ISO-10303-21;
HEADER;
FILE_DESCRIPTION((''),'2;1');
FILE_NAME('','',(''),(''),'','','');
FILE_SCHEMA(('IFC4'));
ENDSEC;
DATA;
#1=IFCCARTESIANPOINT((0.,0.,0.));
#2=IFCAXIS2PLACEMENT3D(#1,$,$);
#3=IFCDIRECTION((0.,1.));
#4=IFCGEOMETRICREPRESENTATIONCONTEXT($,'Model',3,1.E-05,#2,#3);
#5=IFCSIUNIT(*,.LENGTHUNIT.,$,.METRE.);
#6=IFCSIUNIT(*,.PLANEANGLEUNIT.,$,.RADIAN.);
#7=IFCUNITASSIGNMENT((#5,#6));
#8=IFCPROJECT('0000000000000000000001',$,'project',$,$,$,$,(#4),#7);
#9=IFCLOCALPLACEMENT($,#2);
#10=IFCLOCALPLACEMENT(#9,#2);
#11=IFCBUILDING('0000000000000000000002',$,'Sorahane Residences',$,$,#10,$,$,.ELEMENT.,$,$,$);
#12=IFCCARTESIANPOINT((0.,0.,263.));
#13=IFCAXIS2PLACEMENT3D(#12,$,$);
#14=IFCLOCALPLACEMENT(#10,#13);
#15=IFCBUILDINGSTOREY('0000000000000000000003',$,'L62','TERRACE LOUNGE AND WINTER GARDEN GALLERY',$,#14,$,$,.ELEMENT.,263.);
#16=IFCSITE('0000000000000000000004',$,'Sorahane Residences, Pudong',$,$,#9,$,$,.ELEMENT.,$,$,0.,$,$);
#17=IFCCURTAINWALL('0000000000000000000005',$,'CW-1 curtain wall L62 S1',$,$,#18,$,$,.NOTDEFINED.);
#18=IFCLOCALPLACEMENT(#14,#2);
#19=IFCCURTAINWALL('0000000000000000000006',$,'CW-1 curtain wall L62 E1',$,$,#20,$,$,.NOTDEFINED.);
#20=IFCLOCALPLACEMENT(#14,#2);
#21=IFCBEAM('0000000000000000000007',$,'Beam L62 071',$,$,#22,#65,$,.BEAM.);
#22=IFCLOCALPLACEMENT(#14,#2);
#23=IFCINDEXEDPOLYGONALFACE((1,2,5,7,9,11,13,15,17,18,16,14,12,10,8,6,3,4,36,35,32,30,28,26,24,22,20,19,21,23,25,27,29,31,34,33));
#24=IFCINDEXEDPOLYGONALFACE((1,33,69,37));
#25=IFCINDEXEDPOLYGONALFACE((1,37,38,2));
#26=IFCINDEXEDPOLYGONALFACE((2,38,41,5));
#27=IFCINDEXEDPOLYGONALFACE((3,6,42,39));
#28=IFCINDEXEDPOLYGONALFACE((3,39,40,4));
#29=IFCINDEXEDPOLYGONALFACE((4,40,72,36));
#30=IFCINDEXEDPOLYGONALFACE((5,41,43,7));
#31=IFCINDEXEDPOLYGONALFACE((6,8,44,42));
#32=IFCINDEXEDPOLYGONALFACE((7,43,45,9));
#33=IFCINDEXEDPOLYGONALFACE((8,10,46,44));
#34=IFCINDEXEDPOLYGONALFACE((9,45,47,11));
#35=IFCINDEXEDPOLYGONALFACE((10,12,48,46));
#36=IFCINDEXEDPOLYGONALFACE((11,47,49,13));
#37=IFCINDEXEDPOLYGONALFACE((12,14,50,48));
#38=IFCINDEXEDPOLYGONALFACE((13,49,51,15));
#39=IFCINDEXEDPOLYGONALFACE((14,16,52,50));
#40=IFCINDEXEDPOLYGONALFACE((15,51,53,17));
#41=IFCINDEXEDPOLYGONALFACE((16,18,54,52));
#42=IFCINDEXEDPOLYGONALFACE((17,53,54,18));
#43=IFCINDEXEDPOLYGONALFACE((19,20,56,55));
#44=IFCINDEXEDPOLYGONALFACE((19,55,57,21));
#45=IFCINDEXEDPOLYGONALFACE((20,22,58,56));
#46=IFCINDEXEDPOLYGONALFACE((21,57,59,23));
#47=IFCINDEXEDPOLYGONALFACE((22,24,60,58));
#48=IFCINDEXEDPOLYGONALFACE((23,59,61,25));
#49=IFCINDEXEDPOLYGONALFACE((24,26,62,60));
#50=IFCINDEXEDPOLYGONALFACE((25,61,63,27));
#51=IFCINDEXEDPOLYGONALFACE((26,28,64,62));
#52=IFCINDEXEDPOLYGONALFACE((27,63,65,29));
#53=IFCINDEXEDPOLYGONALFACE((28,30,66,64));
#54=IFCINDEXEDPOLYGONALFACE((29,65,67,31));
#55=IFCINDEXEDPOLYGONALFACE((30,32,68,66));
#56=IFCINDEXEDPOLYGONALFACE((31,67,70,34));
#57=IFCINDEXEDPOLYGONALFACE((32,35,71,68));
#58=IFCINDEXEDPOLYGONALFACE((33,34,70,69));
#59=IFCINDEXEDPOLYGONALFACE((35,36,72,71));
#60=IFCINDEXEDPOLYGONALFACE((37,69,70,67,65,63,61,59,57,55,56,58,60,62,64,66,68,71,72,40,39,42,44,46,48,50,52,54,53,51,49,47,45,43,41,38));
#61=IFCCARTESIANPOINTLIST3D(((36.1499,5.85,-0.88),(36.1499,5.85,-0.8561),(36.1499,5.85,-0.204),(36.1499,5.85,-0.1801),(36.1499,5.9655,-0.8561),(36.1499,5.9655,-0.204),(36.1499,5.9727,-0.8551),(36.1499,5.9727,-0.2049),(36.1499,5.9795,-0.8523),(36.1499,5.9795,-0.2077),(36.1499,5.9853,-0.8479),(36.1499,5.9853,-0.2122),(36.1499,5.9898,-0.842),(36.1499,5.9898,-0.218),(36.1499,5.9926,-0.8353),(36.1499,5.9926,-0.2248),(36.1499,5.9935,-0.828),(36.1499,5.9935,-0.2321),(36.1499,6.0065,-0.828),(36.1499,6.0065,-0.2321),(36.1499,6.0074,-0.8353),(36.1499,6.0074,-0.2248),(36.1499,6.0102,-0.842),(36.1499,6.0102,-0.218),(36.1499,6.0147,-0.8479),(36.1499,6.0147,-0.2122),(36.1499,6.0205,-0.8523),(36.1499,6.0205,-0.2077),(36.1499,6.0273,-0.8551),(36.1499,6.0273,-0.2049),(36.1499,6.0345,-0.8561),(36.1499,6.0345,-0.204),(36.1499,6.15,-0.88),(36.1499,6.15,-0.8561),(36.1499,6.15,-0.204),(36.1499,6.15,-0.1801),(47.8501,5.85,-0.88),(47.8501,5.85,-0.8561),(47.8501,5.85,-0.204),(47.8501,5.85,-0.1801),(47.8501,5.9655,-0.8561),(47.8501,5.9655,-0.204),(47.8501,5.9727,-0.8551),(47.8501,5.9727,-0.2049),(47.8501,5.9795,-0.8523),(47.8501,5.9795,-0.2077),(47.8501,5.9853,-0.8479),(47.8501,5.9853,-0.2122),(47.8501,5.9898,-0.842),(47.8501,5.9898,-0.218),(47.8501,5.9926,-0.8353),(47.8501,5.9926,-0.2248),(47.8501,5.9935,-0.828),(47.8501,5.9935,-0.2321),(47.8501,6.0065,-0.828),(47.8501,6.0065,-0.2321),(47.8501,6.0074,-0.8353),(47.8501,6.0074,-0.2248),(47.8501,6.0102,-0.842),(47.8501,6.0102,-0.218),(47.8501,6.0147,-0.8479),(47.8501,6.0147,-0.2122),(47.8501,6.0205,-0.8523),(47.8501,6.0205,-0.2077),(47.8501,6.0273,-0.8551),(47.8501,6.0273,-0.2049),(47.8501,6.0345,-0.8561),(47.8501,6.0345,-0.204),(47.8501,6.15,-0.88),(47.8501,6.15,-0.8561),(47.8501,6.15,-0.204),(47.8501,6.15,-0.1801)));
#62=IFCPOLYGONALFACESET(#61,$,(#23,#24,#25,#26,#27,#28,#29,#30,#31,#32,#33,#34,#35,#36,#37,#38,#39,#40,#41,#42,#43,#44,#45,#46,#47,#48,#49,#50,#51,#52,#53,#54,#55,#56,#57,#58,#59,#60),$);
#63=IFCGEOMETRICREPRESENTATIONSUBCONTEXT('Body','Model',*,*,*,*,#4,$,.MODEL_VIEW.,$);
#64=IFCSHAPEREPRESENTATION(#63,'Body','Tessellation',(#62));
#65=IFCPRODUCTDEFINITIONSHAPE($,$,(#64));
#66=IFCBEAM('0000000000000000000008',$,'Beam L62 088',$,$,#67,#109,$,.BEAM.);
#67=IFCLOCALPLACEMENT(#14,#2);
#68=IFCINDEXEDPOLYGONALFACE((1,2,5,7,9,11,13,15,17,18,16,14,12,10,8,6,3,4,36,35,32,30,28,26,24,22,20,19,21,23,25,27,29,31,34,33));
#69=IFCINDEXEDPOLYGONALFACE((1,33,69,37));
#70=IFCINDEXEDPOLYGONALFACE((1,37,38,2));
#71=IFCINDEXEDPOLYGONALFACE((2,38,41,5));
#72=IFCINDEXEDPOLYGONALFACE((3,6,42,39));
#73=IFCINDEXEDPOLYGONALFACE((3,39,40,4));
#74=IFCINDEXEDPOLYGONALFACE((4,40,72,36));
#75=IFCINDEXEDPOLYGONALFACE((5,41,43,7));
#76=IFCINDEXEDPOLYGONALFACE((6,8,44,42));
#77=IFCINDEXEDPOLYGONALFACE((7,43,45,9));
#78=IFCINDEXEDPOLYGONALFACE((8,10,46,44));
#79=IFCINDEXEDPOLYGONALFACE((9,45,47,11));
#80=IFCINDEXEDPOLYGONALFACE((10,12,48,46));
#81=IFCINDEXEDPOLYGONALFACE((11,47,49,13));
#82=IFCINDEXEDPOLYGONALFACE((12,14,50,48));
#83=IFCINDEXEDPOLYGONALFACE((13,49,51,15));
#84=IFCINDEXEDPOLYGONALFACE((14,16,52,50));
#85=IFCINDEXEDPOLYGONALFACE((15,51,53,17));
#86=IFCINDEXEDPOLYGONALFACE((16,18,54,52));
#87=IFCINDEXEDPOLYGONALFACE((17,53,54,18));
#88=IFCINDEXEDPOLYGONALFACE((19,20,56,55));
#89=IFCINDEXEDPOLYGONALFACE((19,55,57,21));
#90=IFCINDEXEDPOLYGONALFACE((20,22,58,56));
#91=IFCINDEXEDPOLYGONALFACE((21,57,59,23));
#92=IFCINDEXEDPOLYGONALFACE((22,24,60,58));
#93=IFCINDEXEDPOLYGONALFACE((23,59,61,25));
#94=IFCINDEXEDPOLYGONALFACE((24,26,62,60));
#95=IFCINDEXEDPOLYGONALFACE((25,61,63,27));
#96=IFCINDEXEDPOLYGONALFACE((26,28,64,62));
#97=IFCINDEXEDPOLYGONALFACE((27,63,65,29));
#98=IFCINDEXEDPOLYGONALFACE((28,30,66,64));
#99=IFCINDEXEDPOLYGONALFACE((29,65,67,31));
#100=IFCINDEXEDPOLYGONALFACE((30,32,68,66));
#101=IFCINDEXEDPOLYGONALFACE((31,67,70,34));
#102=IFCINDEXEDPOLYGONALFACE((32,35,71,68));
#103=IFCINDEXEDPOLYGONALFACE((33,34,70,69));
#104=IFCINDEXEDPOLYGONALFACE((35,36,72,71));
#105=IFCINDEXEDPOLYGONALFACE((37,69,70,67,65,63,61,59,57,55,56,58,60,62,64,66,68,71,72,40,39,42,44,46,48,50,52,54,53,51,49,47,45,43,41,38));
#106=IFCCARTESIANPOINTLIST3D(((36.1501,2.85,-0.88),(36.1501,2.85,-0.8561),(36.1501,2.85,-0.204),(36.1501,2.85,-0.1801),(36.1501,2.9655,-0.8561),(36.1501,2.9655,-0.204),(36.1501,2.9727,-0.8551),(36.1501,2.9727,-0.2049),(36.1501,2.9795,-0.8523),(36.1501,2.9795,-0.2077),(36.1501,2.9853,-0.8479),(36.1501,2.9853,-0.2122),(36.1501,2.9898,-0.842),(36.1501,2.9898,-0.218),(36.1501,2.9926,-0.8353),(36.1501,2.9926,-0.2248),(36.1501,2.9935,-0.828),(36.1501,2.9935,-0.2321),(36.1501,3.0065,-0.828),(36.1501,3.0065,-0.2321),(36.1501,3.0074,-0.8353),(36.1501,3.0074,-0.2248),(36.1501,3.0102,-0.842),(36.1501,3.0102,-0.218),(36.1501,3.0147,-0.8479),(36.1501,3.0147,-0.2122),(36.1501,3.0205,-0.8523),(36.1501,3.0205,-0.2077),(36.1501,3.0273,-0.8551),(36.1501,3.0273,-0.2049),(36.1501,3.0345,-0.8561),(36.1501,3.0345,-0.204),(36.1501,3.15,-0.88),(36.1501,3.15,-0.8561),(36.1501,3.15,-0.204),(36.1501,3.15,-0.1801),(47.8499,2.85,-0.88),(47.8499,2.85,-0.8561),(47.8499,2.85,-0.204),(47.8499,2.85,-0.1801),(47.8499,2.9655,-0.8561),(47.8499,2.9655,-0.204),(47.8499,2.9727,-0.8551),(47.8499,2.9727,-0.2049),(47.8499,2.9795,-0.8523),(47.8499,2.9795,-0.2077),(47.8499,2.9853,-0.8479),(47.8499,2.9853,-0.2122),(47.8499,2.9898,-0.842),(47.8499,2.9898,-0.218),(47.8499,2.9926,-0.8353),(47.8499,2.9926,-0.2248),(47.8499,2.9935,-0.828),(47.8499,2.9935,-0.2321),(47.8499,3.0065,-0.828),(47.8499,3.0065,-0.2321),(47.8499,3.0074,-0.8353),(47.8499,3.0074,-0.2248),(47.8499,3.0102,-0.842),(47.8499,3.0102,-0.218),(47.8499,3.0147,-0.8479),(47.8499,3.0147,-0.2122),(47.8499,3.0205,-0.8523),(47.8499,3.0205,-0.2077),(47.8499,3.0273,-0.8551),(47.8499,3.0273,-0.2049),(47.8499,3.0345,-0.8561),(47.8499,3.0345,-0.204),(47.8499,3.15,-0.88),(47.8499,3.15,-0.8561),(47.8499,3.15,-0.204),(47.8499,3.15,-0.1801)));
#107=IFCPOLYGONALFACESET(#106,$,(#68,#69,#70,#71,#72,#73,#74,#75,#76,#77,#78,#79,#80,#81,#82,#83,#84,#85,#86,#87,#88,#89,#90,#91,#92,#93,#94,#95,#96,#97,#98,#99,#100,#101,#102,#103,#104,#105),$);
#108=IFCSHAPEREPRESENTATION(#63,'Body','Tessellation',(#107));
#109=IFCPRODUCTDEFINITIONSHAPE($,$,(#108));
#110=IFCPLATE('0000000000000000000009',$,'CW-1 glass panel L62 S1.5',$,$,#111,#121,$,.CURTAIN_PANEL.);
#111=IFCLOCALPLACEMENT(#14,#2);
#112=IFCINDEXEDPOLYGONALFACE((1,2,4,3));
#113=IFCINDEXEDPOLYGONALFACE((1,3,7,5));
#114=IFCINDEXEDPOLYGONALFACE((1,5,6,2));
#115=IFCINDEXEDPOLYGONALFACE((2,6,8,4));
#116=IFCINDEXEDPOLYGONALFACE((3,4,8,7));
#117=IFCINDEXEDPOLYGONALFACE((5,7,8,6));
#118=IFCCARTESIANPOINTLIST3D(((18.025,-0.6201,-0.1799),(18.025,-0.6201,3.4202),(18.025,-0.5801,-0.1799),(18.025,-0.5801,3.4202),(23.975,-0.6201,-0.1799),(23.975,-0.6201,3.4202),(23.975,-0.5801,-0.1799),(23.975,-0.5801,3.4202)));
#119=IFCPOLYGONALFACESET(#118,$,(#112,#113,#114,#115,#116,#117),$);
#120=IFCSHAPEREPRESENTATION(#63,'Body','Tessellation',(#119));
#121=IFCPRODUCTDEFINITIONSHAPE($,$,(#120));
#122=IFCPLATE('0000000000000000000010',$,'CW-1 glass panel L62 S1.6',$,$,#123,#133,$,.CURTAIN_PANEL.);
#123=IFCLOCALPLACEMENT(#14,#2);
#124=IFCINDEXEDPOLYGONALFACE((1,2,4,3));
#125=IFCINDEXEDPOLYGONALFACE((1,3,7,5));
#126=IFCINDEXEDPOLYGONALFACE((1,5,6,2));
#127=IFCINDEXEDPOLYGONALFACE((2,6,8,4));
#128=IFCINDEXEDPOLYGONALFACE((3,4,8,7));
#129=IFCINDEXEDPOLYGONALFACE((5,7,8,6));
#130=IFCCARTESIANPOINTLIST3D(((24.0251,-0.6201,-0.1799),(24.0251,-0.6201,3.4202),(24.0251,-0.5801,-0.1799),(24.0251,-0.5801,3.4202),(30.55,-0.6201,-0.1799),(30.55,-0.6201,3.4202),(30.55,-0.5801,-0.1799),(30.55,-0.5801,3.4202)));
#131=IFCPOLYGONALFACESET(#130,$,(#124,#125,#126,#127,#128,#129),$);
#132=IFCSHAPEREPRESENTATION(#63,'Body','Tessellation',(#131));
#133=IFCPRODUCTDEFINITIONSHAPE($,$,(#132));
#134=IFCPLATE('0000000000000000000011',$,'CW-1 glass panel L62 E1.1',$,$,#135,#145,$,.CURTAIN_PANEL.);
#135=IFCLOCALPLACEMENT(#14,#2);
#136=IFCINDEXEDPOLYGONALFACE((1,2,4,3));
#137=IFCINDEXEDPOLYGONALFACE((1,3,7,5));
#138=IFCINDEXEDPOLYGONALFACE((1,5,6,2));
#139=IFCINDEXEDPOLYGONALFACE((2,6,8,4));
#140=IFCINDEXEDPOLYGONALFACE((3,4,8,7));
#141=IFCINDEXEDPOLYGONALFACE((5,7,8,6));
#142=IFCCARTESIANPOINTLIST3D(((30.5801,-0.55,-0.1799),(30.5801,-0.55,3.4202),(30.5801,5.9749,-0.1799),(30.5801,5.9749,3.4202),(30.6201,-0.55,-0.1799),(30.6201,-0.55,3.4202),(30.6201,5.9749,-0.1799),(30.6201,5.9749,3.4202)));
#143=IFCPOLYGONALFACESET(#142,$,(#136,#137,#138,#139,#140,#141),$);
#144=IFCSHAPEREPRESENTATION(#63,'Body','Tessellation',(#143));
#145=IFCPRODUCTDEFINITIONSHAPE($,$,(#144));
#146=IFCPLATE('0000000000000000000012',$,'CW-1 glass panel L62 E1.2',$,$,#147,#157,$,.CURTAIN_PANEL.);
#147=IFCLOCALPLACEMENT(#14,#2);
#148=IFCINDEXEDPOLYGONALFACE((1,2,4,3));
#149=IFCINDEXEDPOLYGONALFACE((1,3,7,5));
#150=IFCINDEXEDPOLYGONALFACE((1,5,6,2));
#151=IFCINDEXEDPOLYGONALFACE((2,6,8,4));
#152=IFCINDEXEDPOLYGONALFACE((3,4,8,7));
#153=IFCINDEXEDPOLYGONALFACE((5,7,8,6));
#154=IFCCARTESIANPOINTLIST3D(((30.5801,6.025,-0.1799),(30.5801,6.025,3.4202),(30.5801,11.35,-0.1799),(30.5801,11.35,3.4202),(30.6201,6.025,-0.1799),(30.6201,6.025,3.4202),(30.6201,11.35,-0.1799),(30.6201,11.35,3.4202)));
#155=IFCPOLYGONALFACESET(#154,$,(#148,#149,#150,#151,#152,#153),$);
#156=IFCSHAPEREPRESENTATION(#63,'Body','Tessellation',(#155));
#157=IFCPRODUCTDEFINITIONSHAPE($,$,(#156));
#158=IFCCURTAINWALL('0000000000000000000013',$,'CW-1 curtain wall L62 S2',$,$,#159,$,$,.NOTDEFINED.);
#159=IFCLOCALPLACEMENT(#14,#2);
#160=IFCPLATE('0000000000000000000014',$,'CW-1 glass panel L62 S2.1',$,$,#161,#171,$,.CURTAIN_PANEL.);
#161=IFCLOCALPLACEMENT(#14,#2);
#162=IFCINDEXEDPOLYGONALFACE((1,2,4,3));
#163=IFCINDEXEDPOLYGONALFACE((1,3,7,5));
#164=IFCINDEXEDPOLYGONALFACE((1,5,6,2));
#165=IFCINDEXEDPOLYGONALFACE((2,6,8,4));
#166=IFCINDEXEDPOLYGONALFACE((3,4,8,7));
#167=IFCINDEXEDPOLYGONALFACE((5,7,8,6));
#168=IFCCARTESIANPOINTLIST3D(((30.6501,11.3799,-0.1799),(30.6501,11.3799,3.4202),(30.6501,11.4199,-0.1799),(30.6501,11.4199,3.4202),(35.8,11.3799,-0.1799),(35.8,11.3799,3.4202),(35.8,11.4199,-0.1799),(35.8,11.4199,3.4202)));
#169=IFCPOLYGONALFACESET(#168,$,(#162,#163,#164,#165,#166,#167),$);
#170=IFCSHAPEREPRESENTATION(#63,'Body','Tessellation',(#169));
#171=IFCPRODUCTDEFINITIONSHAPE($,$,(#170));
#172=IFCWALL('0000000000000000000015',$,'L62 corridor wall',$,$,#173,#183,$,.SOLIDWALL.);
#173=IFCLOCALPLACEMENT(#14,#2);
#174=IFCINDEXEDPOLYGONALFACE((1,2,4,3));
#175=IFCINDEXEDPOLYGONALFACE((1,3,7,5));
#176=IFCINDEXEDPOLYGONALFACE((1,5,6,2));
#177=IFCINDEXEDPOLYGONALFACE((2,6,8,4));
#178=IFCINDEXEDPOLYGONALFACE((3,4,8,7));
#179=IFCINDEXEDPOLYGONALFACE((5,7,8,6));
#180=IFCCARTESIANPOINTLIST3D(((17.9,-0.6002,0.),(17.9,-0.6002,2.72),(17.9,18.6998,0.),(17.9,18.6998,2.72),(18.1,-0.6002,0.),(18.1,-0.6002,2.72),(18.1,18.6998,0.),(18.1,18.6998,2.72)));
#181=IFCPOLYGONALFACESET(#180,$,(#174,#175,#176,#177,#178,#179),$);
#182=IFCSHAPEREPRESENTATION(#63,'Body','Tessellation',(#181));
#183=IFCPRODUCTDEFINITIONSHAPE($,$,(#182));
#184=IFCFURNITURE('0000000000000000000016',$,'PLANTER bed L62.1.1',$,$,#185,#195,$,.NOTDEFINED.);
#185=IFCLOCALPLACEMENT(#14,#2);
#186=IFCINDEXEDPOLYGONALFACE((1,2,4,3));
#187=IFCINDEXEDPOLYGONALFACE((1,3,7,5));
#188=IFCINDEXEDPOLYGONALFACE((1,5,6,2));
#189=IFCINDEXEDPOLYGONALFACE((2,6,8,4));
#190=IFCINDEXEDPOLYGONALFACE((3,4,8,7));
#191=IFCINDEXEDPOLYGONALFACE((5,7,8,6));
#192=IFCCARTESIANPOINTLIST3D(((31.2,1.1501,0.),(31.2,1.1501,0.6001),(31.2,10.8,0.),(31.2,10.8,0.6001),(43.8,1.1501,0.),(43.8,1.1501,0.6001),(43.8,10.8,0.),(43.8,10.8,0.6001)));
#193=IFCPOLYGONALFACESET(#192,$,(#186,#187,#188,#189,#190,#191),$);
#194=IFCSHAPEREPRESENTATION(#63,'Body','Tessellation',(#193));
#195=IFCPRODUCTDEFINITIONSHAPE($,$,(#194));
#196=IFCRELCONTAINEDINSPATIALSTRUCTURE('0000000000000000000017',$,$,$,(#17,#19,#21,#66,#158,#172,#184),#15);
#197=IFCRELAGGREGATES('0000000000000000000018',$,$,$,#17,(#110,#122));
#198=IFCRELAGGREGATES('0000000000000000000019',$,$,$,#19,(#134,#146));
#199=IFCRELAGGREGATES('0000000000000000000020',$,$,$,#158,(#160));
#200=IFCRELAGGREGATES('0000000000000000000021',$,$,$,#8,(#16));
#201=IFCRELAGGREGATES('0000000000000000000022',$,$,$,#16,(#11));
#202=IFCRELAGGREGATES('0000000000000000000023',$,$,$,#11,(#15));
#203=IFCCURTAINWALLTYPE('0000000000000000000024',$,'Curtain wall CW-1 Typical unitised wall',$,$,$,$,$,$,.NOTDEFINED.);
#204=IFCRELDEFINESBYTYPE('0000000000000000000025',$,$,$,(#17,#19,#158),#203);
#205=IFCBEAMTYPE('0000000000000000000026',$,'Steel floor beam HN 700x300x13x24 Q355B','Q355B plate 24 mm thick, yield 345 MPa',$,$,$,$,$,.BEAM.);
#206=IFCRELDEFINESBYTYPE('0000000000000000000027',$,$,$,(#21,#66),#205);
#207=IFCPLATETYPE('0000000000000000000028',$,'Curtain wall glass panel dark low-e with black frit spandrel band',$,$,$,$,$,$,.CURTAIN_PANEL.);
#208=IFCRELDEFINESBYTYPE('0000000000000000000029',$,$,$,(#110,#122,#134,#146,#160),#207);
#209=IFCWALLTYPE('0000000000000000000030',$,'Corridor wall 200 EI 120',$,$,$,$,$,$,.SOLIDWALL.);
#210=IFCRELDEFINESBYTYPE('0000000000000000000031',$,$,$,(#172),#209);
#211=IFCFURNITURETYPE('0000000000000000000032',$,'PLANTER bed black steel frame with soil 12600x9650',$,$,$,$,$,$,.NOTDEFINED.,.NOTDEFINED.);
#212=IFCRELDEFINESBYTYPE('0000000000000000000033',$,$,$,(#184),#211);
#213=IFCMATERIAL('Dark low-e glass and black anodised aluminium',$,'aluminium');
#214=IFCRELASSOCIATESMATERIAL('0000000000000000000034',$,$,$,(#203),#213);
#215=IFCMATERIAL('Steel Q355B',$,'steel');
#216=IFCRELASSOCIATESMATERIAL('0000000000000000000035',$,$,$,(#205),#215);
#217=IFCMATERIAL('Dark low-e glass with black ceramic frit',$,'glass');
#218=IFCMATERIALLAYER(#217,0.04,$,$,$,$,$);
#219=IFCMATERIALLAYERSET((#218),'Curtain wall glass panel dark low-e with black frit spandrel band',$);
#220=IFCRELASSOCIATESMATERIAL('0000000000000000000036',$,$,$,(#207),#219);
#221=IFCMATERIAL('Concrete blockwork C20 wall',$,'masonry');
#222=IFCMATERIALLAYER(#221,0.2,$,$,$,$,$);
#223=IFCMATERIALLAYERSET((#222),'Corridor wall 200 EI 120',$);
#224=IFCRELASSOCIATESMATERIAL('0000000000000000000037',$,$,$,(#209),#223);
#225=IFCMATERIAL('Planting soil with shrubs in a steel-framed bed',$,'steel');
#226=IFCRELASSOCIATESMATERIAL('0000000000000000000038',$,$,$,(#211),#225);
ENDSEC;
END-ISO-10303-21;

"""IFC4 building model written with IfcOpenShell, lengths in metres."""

from ifc_helpers import new_model, si_unit, direction, frame, frame_2d, origin, origin_2d, place, context, subcontext, project, spatial, rectangle, i_section, extrude, material, layer, layer_set, material_profile, profile_set, type_object, element, aggregate, save


model = new_model("IFC4")

# Units and contexts
model_context = context("Model", 3, precision=1e-05, world=origin(), true_north=direction((0.0, 1.0)))
body_context = subcontext(model_context, "Body", "Model", "MODEL_VIEW")
ifc_project = project(units=[si_unit("LENGTHUNIT", "METRE"), si_unit("PLANEANGLEUNIT", "RADIAN")], contexts=[model_context])

# Site, building, storey
site_placement = place(None, origin())
site = spatial("IfcSite", under=ifc_project, at=site_placement, Name="Sorahane Residences, Pudong", CompositionType="ELEMENT", RefElevation=0.0)
building_placement = place(site_placement, origin())
building = spatial("IfcBuilding", under=site, at=building_placement, Name="Sorahane Residences", CompositionType="ELEMENT")
storey_placement = place(building_placement, frame((0.0, 0.0, 263.0)))
storey = spatial("IfcBuildingStorey", under=building, at=storey_placement, Name="L62", Description="TERRACE LOUNGE AND WINTER GARDEN GALLERY", CompositionType="ELEMENT", Elevation=263.0)

# Curtain walls
ifc_material_1 = material(Name="Dark low-e glass and black anodised aluminium", Category="aluminium")
curtain_wall_type = type_object("IfcCurtainWallType", Name="Curtain wall CW-1 Typical unitised wall", PredefinedType="NOTDEFINED", material=ifc_material_1)
curtain_wall_1_placement = place(storey_placement, origin())
curtain_wall_1 = element("IfcCurtainWall", 1, at=curtain_wall_1_placement, inside=storey, type_object=curtain_wall_type, Name="CW-1 curtain wall L62 S1", PredefinedType="NOTDEFINED")
curtain_wall_2_placement = place(storey_placement, origin())
curtain_wall_2 = element("IfcCurtainWall", 2, at=curtain_wall_2_placement, inside=storey, type_object=curtain_wall_type, Name="CW-1 curtain wall L62 E1", PredefinedType="NOTDEFINED")

# Beams
ifc_material_2 = material(Name="Steel Q355B", Category="steel")
ifc_material_profile_1 = material_profile(ifc_material_2, i_section(OverallWidth=0.3, OverallDepth=0.7, WebThickness=0.0129, FlangeThickness=0.0239, FilletRadius=0.0281, at=origin_2d()), Name="HN 700x300x13x24")
ifc_profile_set_1 = profile_set([ifc_material_profile_1], Name="Steel Q355B")
beam_type_1 = type_object("IfcBeamType", Name="Steel floor beam HN 700x300x13x24 Q355B", Description="Q355B plate 24 mm thick, yield 345 MPa", PredefinedType="BEAM", material=ifc_profile_set_1)
for number, where, z_axis, x_axis, name in (
    (3, (36.1499, 6.0, -0.53), (1.0, 0.0, 0.0), (0.0, 1.0, 0.0), "Beam L62 071"),
):
    element("IfcBeam", number, at=place(storey_placement, frame(where, z_axis=z_axis, x_axis=x_axis)), inside=storey, type_object=beam_type_1, Name=name, PredefinedType="BEAM", context=body_context, shape_type="SweptSolid", body=[
        extrude(i_section(OverallWidth=0.3, OverallDepth=0.7, WebThickness=0.0129, FlangeThickness=0.0239, FilletRadius=0.0281, at=origin_2d()), origin(), (0.0, 0.0, 1.0), 11.7002),
    ])
beam_1_placement = place(storey_placement, frame((36.1501, 3.0, -0.53), z_axis=(1.0, 0.0, 0.0), x_axis=(0.0, 1.0, 0.0)))
element("IfcBeam", 4, at=beam_1_placement, inside=storey, type_object=beam_type_1, Name="Beam L62 088", PredefinedType="BEAM", context=body_context, shape_type="SweptSolid", body=[
    extrude(i_section(OverallWidth=0.3, OverallDepth=0.7, WebThickness=0.0129, FlangeThickness=0.0239, FilletRadius=0.0281, at=origin_2d()), origin(), (0.0, 0.0, 1.0), 11.6997),
])

# Plates
ifc_material_3 = material(Name="Dark low-e glass with black ceramic frit", Category="glass")
ifc_layer_1 = layer(ifc_material_3, 0.04)
ifc_layer_set_1 = layer_set([ifc_layer_1], Name="Curtain wall glass panel dark low-e with black frit spandrel band")
plate_type = type_object("IfcPlateType", Name="Curtain wall glass panel dark low-e with black frit spandrel band", PredefinedType="CURTAIN_PANEL", material=ifc_layer_set_1)
plate_1_placement = place(storey_placement, frame((21.0, -0.6001, -0.1799), z_axis=(0.0, 0.0, 1.0), x_axis=(1.0, 0.0, 0.0)))
plate_1 = element("IfcPlate", 5, at=plate_1_placement, type_object=plate_type, Name="CW-1 glass panel L62 S1.5", PredefinedType="CURTAIN_PANEL", context=body_context, shape_type="SweptSolid", body=[
    extrude(rectangle(XDim=5.95, YDim=0.04, at=origin_2d()), origin(), (0.0, 0.0, 1.0), 3.6001),
])
plate_2_placement = place(storey_placement, frame((27.2876, -0.6001, -0.1799), z_axis=(0.0, 0.0, 1.0), x_axis=(1.0, 0.0, 0.0)))
plate_2 = element("IfcPlate", 6, at=plate_2_placement, type_object=plate_type, Name="CW-1 glass panel L62 S1.6", PredefinedType="CURTAIN_PANEL", context=body_context, shape_type="SweptSolid", body=[
    extrude(rectangle(XDim=6.5249, YDim=0.04, at=origin_2d()), origin(), (0.0, 0.0, 1.0), 3.6001),
])
aggregate(curtain_wall_1, [plate_1, plate_2])
plate_3_placement = place(storey_placement, frame((30.6001, 2.7124, -0.1799), z_axis=(0.0, 0.0, 1.0), x_axis=(0.0, 1.0, 0.0)))
plate_3 = element("IfcPlate", 7, at=plate_3_placement, type_object=plate_type, Name="CW-1 glass panel L62 E1.1", PredefinedType="CURTAIN_PANEL", context=body_context, shape_type="SweptSolid", body=[
    extrude(rectangle(XDim=6.5249, YDim=0.04, at=origin_2d()), origin(), (0.0, 0.0, 1.0), 3.6001),
])
plate_4_placement = place(storey_placement, frame((30.6001, 8.6875, -0.1799), z_axis=(0.0, 0.0, 1.0), x_axis=(0.0, 1.0, 0.0)))
plate_4 = element("IfcPlate", 8, at=plate_4_placement, type_object=plate_type, Name="CW-1 glass panel L62 E1.2", PredefinedType="CURTAIN_PANEL", context=body_context, shape_type="SweptSolid", body=[
    extrude(rectangle(XDim=5.325, YDim=0.04, at=origin_2d()), origin(), (0.0, 0.0, 1.0), 3.6001),
])
aggregate(curtain_wall_2, [plate_3, plate_4])

# Curtain wall, plate
curtain_wall_3_placement = place(storey_placement, origin())
curtain_wall_3 = element("IfcCurtainWall", 9, at=curtain_wall_3_placement, inside=storey, type_object=curtain_wall_type, Name="CW-1 curtain wall L62 S2", PredefinedType="NOTDEFINED")
plate_5_placement = place(storey_placement, frame((33.2251, 11.3999, -0.1799), z_axis=(0.0, 0.0, 1.0), x_axis=(1.0, 0.0, 0.0)))
plate_5 = element("IfcPlate", 10, at=plate_5_placement, type_object=plate_type, Name="CW-1 glass panel L62 S2.1", PredefinedType="CURTAIN_PANEL", context=body_context, shape_type="SweptSolid", body=[
    extrude(rectangle(XDim=5.1499, YDim=0.04, at=origin_2d()), origin(), (0.0, 0.0, 1.0), 3.6001),
])
aggregate(curtain_wall_3, [plate_5])

# Wall
ifc_material_4 = material(Name="Concrete blockwork C20 wall", Category="masonry")
ifc_layer_2 = layer(ifc_material_4, 0.2)
ifc_layer_set_2 = layer_set([ifc_layer_2], Name="Corridor wall 200 EI 120")
wall_type_1 = type_object("IfcWallType", Name="Corridor wall 200 EI 120", PredefinedType="SOLIDWALL", material=ifc_layer_set_2)
wall_1_placement = place(storey_placement, frame((18.0, -0.6001, 0.0), z_axis=(0.0, 0.0, 1.0), x_axis=(0.0, 1.0, 0.0)))
element("IfcWall", 11, at=wall_1_placement, inside=storey, type_object=wall_type_1, Name="L62 corridor wall", PredefinedType="SOLIDWALL", context=body_context, shape_type="SweptSolid", body=[
    extrude(rectangle(XDim=19.3, YDim=0.2, at=frame_2d((9.6499, 0.0))), origin(), (0.0, 0.0, 1.0), 2.72),
])

# Furniture
ifc_material_5 = material(Name="Planting soil with shrubs in a steel-framed bed", Category="steel")
furniture_type_1 = type_object("IfcFurnitureType", Name="PLANTER bed black steel frame with soil 12600x9650", AssemblyPlace="NOTDEFINED", PredefinedType="NOTDEFINED", material=ifc_material_5)
furniture_1_placement = place(storey_placement, frame((37.5, 5.9751, 0.0), z_axis=(0.0, 0.0, 1.0), x_axis=(1.0, 0.0, 0.0)))
element("IfcFurniture", 12, at=furniture_1_placement, inside=storey, type_object=furniture_type_1, Name="PLANTER bed L62.1.1", PredefinedType="NOTDEFINED", context=body_context, shape_type="SweptSolid", body=[
    extrude(rectangle(XDim=12.6001, YDim=9.6499, at=origin_2d()), origin(), (0.0, 0.0, 1.0), 0.6001),
])

save(model, "model.ifc")
